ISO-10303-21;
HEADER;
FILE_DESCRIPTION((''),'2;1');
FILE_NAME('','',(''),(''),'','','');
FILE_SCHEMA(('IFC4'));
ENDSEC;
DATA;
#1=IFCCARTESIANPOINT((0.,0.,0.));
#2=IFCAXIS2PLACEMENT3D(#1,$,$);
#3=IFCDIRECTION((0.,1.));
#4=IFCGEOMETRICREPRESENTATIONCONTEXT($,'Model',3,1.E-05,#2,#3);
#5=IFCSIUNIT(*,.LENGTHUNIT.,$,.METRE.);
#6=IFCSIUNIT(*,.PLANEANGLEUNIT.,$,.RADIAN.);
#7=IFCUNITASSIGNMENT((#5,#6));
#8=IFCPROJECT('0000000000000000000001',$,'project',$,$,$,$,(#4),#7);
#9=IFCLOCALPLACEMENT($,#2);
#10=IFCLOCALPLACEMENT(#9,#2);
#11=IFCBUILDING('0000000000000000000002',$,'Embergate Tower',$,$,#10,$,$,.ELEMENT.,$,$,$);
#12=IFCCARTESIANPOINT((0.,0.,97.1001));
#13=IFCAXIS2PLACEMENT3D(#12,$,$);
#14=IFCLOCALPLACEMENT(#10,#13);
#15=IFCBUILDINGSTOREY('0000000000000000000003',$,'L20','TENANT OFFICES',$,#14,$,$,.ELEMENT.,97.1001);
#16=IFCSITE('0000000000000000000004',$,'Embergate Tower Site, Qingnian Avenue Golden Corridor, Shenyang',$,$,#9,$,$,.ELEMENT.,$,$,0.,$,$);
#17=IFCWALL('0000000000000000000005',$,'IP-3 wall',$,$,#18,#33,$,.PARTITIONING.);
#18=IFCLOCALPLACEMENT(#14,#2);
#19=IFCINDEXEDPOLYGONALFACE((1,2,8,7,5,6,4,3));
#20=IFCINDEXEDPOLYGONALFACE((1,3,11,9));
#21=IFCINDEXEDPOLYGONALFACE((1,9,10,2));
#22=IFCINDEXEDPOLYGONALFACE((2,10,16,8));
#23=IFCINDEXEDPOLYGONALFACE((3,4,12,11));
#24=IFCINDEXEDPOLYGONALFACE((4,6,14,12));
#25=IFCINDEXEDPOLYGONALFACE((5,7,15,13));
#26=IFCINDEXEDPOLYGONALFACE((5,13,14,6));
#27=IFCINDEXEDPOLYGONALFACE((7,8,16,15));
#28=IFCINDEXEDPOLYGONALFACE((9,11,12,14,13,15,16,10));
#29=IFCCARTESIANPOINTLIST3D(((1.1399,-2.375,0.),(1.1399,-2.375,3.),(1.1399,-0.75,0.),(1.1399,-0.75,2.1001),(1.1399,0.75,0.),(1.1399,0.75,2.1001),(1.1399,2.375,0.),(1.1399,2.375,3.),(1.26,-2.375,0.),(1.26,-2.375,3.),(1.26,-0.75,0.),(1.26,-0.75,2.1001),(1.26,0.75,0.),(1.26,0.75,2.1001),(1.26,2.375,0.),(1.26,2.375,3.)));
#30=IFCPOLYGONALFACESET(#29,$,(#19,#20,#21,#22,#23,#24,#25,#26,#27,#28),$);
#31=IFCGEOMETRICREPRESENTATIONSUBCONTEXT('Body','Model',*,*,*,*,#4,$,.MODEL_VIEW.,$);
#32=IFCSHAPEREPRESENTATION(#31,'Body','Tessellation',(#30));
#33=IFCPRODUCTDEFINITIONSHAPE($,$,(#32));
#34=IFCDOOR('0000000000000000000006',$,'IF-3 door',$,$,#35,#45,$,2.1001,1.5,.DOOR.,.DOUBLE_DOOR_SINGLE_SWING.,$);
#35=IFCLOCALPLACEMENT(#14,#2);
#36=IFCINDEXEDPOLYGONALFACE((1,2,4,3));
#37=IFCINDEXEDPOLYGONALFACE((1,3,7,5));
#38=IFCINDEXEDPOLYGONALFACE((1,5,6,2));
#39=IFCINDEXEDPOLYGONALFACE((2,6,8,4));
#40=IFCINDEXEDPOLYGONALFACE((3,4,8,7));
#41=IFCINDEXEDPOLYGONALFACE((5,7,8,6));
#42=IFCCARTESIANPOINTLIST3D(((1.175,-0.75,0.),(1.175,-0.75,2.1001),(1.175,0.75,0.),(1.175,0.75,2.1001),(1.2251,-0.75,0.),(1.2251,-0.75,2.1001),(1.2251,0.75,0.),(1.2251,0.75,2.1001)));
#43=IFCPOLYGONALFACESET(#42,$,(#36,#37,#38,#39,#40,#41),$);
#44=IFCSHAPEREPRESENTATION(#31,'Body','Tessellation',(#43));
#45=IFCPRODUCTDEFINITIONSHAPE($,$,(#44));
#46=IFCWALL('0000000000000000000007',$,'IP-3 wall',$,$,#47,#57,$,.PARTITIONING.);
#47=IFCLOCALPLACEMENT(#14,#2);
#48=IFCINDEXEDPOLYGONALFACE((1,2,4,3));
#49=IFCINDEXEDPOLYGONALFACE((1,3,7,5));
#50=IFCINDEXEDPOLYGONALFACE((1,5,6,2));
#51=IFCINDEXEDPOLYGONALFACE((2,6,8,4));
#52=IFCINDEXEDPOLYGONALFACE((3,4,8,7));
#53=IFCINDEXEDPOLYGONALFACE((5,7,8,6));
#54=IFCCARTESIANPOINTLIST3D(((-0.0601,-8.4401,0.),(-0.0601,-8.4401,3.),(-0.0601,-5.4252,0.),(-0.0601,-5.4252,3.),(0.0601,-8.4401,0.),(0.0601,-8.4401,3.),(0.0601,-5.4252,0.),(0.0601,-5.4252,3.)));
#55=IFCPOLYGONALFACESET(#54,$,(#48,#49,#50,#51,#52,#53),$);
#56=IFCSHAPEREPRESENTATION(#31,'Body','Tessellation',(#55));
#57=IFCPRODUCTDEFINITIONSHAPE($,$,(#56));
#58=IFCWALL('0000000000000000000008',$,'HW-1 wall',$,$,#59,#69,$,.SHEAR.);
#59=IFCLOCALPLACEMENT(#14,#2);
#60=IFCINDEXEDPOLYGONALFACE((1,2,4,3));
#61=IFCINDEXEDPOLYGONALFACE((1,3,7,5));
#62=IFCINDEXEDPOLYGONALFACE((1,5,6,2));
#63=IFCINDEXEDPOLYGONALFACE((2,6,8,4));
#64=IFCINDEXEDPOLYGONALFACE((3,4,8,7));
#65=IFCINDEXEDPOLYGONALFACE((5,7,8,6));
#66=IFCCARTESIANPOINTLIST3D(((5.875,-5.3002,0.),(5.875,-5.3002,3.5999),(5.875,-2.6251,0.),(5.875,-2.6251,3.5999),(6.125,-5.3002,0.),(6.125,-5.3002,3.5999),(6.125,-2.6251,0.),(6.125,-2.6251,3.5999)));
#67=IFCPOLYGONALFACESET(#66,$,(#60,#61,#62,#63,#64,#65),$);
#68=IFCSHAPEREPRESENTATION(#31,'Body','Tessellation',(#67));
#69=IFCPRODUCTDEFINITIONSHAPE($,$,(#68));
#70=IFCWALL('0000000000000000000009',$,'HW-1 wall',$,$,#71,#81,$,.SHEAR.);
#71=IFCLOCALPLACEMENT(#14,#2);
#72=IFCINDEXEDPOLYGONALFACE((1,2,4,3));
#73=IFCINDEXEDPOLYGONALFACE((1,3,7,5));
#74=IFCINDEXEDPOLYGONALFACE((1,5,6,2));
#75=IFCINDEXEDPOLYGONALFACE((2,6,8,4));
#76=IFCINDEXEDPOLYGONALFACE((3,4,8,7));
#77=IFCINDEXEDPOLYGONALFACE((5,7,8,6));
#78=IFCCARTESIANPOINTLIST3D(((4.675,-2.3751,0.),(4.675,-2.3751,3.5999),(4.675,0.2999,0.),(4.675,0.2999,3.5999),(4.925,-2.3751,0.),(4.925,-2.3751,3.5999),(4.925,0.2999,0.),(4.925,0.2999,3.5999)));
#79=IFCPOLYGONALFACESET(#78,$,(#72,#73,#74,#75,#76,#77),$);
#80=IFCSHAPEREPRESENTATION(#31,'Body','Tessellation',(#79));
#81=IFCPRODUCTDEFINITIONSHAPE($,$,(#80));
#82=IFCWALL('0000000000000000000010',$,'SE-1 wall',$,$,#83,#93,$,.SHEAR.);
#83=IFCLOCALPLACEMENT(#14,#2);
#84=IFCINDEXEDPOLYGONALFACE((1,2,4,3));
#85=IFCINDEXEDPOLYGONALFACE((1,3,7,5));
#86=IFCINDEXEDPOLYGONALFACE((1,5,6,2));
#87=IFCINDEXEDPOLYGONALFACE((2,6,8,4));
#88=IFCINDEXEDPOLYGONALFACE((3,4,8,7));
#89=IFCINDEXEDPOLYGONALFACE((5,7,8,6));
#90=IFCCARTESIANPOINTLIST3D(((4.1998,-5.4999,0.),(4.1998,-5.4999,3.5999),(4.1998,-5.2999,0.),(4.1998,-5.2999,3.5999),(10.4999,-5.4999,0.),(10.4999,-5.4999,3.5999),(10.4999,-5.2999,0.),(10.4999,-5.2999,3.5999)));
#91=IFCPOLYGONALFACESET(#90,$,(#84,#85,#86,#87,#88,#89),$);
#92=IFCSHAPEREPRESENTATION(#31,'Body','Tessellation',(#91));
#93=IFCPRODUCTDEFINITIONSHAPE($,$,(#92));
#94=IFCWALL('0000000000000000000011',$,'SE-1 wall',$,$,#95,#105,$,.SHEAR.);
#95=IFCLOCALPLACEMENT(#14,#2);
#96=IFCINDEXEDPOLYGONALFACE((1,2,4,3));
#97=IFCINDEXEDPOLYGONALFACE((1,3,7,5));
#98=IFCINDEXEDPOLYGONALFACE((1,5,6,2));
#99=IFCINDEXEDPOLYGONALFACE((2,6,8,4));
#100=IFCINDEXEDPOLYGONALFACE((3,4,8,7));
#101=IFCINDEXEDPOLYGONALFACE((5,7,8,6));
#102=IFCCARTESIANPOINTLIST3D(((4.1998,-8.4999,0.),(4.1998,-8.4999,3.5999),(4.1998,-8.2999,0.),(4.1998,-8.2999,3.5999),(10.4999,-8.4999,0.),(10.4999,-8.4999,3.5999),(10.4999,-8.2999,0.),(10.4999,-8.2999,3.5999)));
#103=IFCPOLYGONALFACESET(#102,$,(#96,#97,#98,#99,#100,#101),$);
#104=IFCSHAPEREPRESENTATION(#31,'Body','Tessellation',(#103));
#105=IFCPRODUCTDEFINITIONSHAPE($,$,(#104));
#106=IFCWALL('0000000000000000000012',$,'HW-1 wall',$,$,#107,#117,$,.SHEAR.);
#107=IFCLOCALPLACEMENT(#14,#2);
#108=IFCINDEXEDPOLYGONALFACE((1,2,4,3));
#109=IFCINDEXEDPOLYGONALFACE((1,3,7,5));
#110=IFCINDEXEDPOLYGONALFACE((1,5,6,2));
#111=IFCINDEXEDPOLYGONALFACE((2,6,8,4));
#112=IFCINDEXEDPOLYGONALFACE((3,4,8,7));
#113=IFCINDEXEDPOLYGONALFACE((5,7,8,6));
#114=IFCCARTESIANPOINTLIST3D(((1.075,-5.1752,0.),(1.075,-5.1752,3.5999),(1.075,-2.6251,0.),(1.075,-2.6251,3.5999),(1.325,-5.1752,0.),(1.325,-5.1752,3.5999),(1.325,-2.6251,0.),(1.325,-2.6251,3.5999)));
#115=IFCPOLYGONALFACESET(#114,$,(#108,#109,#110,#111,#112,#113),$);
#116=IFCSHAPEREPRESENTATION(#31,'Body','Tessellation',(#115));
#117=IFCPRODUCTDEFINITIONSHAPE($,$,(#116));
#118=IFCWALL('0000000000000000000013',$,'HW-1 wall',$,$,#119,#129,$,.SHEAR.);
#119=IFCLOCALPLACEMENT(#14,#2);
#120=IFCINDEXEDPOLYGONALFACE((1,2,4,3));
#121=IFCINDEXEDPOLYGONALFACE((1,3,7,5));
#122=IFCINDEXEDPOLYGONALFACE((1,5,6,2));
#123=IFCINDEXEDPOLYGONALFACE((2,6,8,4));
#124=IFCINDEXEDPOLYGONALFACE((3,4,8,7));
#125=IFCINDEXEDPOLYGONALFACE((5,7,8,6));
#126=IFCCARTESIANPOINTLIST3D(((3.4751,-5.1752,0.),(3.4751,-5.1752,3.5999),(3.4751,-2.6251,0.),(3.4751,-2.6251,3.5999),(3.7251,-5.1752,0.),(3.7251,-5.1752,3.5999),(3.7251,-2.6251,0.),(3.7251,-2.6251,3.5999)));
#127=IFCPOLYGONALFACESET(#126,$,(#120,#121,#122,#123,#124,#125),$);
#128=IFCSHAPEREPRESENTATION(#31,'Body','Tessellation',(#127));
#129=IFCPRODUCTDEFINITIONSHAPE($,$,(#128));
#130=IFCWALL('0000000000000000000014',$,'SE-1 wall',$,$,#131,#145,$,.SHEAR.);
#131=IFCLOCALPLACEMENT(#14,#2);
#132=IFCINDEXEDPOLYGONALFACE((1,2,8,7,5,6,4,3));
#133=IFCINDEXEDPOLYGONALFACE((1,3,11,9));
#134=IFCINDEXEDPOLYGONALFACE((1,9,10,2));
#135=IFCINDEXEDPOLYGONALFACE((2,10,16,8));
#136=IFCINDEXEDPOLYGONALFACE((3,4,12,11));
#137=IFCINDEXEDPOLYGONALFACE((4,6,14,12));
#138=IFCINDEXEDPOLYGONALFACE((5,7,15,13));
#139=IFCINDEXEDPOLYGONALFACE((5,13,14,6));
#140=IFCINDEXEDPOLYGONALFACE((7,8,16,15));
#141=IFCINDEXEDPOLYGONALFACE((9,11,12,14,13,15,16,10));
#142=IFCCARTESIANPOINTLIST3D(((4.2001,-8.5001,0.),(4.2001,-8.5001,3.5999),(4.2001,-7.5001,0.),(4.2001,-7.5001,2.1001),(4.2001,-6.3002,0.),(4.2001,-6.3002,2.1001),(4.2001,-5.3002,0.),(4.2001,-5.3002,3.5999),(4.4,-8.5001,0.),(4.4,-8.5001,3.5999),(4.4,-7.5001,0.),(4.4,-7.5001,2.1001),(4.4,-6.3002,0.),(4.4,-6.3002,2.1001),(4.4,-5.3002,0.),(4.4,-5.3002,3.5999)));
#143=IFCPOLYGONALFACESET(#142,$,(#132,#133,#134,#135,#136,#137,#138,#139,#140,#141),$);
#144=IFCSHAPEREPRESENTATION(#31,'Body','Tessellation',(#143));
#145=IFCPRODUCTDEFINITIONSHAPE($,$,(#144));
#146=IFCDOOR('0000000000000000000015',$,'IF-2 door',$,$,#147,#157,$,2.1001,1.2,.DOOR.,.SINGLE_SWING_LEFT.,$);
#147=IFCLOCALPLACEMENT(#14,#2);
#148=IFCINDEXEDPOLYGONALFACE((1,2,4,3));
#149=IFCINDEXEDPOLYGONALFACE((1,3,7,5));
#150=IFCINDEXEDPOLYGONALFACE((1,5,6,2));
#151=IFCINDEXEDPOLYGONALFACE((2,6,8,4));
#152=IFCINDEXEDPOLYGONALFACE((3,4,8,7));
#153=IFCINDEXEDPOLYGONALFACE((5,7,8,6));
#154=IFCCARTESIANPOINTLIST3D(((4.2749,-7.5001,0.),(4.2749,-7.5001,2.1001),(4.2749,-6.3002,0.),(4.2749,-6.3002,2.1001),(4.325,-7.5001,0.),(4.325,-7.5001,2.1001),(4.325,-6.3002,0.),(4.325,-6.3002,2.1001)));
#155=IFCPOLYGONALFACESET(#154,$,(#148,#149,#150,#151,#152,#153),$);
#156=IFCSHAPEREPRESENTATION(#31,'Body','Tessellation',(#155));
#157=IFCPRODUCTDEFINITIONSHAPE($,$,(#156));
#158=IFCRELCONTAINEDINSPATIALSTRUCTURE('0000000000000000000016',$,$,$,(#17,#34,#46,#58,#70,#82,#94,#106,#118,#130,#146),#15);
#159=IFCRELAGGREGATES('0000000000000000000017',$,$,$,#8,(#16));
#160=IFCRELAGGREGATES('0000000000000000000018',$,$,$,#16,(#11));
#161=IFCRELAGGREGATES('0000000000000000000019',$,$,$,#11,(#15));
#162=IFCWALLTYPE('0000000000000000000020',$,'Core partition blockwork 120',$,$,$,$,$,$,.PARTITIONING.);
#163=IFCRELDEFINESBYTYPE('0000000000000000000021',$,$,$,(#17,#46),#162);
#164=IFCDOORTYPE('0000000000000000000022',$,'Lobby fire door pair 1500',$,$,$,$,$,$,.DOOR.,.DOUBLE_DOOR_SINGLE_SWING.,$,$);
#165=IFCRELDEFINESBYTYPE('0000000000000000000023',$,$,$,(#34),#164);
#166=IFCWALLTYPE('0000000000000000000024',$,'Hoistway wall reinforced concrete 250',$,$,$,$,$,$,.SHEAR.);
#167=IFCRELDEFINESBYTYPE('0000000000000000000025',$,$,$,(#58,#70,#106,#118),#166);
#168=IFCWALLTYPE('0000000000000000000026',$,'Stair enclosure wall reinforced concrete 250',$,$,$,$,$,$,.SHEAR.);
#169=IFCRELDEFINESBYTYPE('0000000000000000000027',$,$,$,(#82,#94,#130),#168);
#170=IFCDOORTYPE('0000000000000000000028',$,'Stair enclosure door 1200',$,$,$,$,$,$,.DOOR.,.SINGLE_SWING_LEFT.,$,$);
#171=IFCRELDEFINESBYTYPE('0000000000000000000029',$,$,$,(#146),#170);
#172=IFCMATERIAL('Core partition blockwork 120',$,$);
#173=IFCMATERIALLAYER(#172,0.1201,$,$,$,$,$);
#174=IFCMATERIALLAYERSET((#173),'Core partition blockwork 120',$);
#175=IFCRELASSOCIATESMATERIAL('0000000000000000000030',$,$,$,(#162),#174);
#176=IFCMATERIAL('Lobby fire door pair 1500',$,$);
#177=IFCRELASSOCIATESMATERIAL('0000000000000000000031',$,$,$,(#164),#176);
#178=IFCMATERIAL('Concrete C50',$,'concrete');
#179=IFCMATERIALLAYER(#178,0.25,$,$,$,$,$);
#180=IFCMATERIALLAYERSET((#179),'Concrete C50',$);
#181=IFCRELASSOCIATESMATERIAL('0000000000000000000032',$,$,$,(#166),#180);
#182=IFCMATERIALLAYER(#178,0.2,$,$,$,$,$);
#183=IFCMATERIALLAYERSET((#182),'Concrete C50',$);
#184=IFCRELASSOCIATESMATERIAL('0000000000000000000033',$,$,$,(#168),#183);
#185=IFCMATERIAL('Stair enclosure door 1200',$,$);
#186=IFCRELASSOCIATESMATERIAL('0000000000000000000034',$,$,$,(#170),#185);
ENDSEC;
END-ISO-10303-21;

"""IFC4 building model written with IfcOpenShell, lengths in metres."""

from ifc_helpers import new_model, si_unit, direction, frame, frame_2d, origin, place, context, subcontext, project, spatial, rectangle, extrude, source, transform, mapped, material, layer, layer_set, type_object, element, fill, save


model = new_model("IFC4")

# Units and contexts
model_context = context("Model", 3, precision=1e-05, world=origin(), true_north=direction((0.0, 1.0)))
body_context = subcontext(model_context, "Body", "Model", "MODEL_VIEW")
ifc_project = project(units=[si_unit("LENGTHUNIT", "METRE"), si_unit("PLANEANGLEUNIT", "RADIAN")], contexts=[model_context])

# Site, building, storey
site_placement = place(None, origin())
site = spatial("IfcSite", under=ifc_project, at=site_placement, Name="Embergate Tower Site, Qingnian Avenue Golden Corridor, Shenyang", CompositionType="ELEMENT", RefElevation=0.0)
building_placement = place(site_placement, origin())
building = spatial("IfcBuilding", under=site, at=building_placement, Name="Embergate Tower", CompositionType="ELEMENT")
storey_placement = place(building_placement, frame((0.0, 0.0, 97.1001)))
storey = spatial("IfcBuildingStorey", under=building, at=storey_placement, Name="L20", Description="TENANT OFFICES", CompositionType="ELEMENT", Elevation=97.1001)

# Wall, opening, door
ifc_material_1 = material(Name="Core partition blockwork 120")
ifc_layer_1 = layer(ifc_material_1, 0.1201)
ifc_layer_set_1 = layer_set([ifc_layer_1], Name="Core partition blockwork 120")
wall_type_1 = type_object("IfcWallType", Name="Core partition blockwork 120", PredefinedType="PARTITIONING", material=ifc_layer_set_1)
shared_shape_1 = source(origin(), body_context, "Body", "SweptSolid", [
    extrude(rectangle(XDim=4.75, YDim=0.1201, at=frame_2d((2.375, 0.0))), origin(), (0.0, 0.0, 1.0), 3.0),
])
wall_1_placement = place(storey_placement, frame((1.2, -2.375, 0.0), z_axis=(0.0, 0.0, 1.0), x_axis=(0.0, 1.0, 0.0)))
wall_1 = element("IfcWall", 1, at=wall_1_placement, inside=storey, type_object=wall_type_1, Name="IP-3 wall", PredefinedType="PARTITIONING", context=body_context, shape_type="MappedRepresentation", body=[
    mapped(shared_shape_1, transform((0.0, 0.0, 0.0))),
])
shared_shape_2 = source(origin(), body_context, "Body", "SweptSolid", [
    extrude(rectangle(XDim=1.5, YDim=2.1001, at=frame_2d((0.75, 1.05))), frame((0.0, 0.0701, 0.0), z_axis=(0.0, -1.0, 0.0), x_axis=(1.0, 0.0, 0.0)), (0.0, 0.0, 1.0), 0.1401),
])
opening_1_placement = place(wall_1_placement, frame((1.625, 0.0, 0.0)))
opening_1 = element("IfcOpeningElement", 2, at=opening_1_placement, cuts=wall_1, PredefinedType="OPENING", context=body_context, shape_type="MappedRepresentation", body=[
    mapped(shared_shape_2, transform((0.0, 0.0, 0.0))),
])
ifc_material_2 = material(Name="Lobby fire door pair 1500")
door_type_1 = type_object("IfcDoorType", Name="Lobby fire door pair 1500", OperationType="DOUBLE_DOOR_SINGLE_SWING", PredefinedType="DOOR", material=ifc_material_2)
shared_shape_3 = source(origin(), body_context, "Body", "SweptSolid", [
    extrude(rectangle(XDim=1.5, YDim=2.1001, at=frame_2d((0.75, 1.05))), frame((0.0, 0.0249, 0.0), z_axis=(0.0, -1.0, 0.0), x_axis=(1.0, 0.0, 0.0)), (0.0, 0.0, 1.0), 0.05),
])
door_1_placement = place(opening_1_placement, origin())
door_1 = element("IfcDoor", 3, at=door_1_placement, inside=storey, type_object=door_type_1, Name="IF-3 door", OperationType="DOUBLE_DOOR_SINGLE_SWING", OverallHeight=2.1001, OverallWidth=1.5, PredefinedType="DOOR", context=body_context, shape_type="MappedRepresentation", body=[
    mapped(shared_shape_3, transform((0.0, 0.0, 0.0))),
])
fill(opening_1, door_1)

# Walls
shared_shape_4 = source(origin(), body_context, "Body", "SweptSolid", [
    extrude(rectangle(XDim=3.0149, YDim=0.1201, at=frame_2d((1.5073, 0.0))), origin(), (0.0, 0.0, 1.0), 3.0),
])
wall_2_placement = place(storey_placement, frame((0.0, -8.4399, 0.0), z_axis=(0.0, 0.0, 1.0), x_axis=(0.0, 1.0, 0.0)))
element("IfcWall", 4, at=wall_2_placement, inside=storey, type_object=wall_type_1, Name="IP-3 wall", PredefinedType="PARTITIONING", context=body_context, shape_type="MappedRepresentation", body=[
    mapped(shared_shape_4, transform((0.0, 0.0, 0.0))),
])
ifc_material_3 = material(Name="Concrete C50", Category="concrete")
ifc_layer_2 = layer(ifc_material_3, 0.25)
ifc_layer_set_2 = layer_set([ifc_layer_2], Name="Concrete C50")
wall_type_2 = type_object("IfcWallType", Name="Hoistway wall reinforced concrete 250", PredefinedType="SHEAR", material=ifc_layer_set_2)
shared_shape_5 = source(origin(), body_context, "Body", "SweptSolid", [
    extrude(rectangle(XDim=2.675, YDim=0.25, at=frame_2d((1.3374, 0.0))), origin(), (0.0, 0.0, 1.0), 3.5999),
])
for number, where, z_axis, x_axis, name in (
    (5, (6.0, -5.3, 0.0), (0.0, 0.0, 1.0), (0.0, 1.0, 0.0), "HW-1 wall"),
    (6, (4.8, -2.375, 0.0), (0.0, 0.0, 1.0), (0.0, 1.0, 0.0), "HW-1 wall"),
):
    element("IfcWall", number, at=place(storey_placement, frame(where, z_axis=z_axis, x_axis=x_axis)), inside=storey, type_object=wall_type_2, Name=name, PredefinedType="SHEAR", context=body_context, shape_type="MappedRepresentation", body=[
        mapped(shared_shape_5, transform((0.0, 0.0, 0.0))),
    ])
ifc_layer_3 = layer(ifc_material_3, 0.2)
ifc_layer_set_3 = layer_set([ifc_layer_3], Name="Concrete C50")
wall_type_3 = type_object("IfcWallType", Name="Stair enclosure wall reinforced concrete 250", PredefinedType="SHEAR", material=ifc_layer_set_3)
shared_shape_6 = source(origin(), body_context, "Body", "SweptSolid", [
    extrude(rectangle(XDim=6.3, YDim=0.2, at=frame_2d((3.1499, 0.0))), origin(), (0.0, 0.0, 1.0), 3.5999),
])
for number, where, z_axis, x_axis, name in (
    (7, (4.2, -5.3999, 0.0), (0.0, 0.0, 1.0), (1.0, 0.0, 0.0), "SE-1 wall"),
    (8, (4.2, -8.3999, 0.0), (0.0, 0.0, 1.0), (1.0, 0.0, 0.0), "SE-1 wall"),
):
    element("IfcWall", number, at=place(storey_placement, frame(where, z_axis=z_axis, x_axis=x_axis)), inside=storey, type_object=wall_type_3, Name=name, PredefinedType="SHEAR", context=body_context, shape_type="MappedRepresentation", body=[
        mapped(shared_shape_6, transform((0.0, 0.0, 0.0))),
    ])
shared_shape_7 = source(origin(), body_context, "Body", "SweptSolid", [
    extrude(rectangle(XDim=2.55, YDim=0.25, at=frame_2d((1.2749, 0.0))), origin(), (0.0, 0.0, 1.0), 3.5999),
])
for number, where, z_axis, x_axis, name in (
    (9, (1.2, -5.175, 0.0), (0.0, 0.0, 1.0), (0.0, 1.0, 0.0), "HW-1 wall"),
    (10, (3.6001, -5.175, 0.0), (0.0, 0.0, 1.0), (0.0, 1.0, 0.0), "HW-1 wall"),
):
    element("IfcWall", number, at=place(storey_placement, frame(where, z_axis=z_axis, x_axis=x_axis)), inside=storey, type_object=wall_type_2, Name=name, PredefinedType="SHEAR", context=body_context, shape_type="MappedRepresentation", body=[
        mapped(shared_shape_7, transform((0.0, 0.0, 0.0))),
    ])

# Wall, opening, door
shared_shape_8 = source(origin(), body_context, "Body", "SweptSolid", [
    extrude(rectangle(XDim=3.2, YDim=0.2, at=frame_2d((1.6001, 0.0))), origin(), (0.0, 0.0, 1.0), 3.5999),
])
wall_3_placement = place(storey_placement, frame((4.3, -5.3, 0.0), z_axis=(0.0, 0.0, 1.0), x_axis=(0.0, -1.0, 0.0)))
wall_3 = element("IfcWall", 11, at=wall_3_placement, inside=storey, type_object=wall_type_3, Name="SE-1 wall", PredefinedType="SHEAR", context=body_context, shape_type="MappedRepresentation", body=[
    mapped(shared_shape_8, transform((0.0, 0.0, 0.0))),
])
shared_shape_9 = source(origin(), body_context, "Body", "SweptSolid", [
    extrude(rectangle(XDim=1.2, YDim=2.1001, at=frame_2d((0.6001, 1.05))), frame((0.0, 0.1099, 0.0), z_axis=(0.0, -1.0, 0.0), x_axis=(1.0, 0.0, 0.0)), (0.0, 0.0, 1.0), 0.22),
])
opening_2_placement = place(wall_3_placement, frame((1.0, 0.0, 0.0)))
opening_2 = element("IfcOpeningElement", 12, at=opening_2_placement, cuts=wall_3, PredefinedType="OPENING", context=body_context, shape_type="MappedRepresentation", body=[
    mapped(shared_shape_9, transform((0.0, 0.0, 0.0))),
])
ifc_material_4 = material(Name="Stair enclosure door 1200")
door_type_2 = type_object("IfcDoorType", Name="Stair enclosure door 1200", OperationType="SINGLE_SWING_LEFT", PredefinedType="DOOR", material=ifc_material_4)
shared_shape_10 = source(origin(), body_context, "Body", "SweptSolid", [
    extrude(rectangle(XDim=1.2, YDim=2.1001, at=frame_2d((0.6001, 1.05))), frame((0.0, 0.0249, 0.0), z_axis=(0.0, -1.0, 0.0), x_axis=(1.0, 0.0, 0.0)), (0.0, 0.0, 1.0), 0.05),
])
door_2_placement = place(opening_2_placement, origin())
door_2 = element("IfcDoor", 13, at=door_2_placement, inside=storey, type_object=door_type_2, Name="IF-2 door", OperationType="SINGLE_SWING_LEFT", OverallHeight=2.1001, OverallWidth=1.2, PredefinedType="DOOR", context=body_context, shape_type="MappedRepresentation", body=[
    mapped(shared_shape_10, transform((0.0, 0.0, 0.0))),
])
fill(opening_2, door_2)

save(model, "model.ifc")
